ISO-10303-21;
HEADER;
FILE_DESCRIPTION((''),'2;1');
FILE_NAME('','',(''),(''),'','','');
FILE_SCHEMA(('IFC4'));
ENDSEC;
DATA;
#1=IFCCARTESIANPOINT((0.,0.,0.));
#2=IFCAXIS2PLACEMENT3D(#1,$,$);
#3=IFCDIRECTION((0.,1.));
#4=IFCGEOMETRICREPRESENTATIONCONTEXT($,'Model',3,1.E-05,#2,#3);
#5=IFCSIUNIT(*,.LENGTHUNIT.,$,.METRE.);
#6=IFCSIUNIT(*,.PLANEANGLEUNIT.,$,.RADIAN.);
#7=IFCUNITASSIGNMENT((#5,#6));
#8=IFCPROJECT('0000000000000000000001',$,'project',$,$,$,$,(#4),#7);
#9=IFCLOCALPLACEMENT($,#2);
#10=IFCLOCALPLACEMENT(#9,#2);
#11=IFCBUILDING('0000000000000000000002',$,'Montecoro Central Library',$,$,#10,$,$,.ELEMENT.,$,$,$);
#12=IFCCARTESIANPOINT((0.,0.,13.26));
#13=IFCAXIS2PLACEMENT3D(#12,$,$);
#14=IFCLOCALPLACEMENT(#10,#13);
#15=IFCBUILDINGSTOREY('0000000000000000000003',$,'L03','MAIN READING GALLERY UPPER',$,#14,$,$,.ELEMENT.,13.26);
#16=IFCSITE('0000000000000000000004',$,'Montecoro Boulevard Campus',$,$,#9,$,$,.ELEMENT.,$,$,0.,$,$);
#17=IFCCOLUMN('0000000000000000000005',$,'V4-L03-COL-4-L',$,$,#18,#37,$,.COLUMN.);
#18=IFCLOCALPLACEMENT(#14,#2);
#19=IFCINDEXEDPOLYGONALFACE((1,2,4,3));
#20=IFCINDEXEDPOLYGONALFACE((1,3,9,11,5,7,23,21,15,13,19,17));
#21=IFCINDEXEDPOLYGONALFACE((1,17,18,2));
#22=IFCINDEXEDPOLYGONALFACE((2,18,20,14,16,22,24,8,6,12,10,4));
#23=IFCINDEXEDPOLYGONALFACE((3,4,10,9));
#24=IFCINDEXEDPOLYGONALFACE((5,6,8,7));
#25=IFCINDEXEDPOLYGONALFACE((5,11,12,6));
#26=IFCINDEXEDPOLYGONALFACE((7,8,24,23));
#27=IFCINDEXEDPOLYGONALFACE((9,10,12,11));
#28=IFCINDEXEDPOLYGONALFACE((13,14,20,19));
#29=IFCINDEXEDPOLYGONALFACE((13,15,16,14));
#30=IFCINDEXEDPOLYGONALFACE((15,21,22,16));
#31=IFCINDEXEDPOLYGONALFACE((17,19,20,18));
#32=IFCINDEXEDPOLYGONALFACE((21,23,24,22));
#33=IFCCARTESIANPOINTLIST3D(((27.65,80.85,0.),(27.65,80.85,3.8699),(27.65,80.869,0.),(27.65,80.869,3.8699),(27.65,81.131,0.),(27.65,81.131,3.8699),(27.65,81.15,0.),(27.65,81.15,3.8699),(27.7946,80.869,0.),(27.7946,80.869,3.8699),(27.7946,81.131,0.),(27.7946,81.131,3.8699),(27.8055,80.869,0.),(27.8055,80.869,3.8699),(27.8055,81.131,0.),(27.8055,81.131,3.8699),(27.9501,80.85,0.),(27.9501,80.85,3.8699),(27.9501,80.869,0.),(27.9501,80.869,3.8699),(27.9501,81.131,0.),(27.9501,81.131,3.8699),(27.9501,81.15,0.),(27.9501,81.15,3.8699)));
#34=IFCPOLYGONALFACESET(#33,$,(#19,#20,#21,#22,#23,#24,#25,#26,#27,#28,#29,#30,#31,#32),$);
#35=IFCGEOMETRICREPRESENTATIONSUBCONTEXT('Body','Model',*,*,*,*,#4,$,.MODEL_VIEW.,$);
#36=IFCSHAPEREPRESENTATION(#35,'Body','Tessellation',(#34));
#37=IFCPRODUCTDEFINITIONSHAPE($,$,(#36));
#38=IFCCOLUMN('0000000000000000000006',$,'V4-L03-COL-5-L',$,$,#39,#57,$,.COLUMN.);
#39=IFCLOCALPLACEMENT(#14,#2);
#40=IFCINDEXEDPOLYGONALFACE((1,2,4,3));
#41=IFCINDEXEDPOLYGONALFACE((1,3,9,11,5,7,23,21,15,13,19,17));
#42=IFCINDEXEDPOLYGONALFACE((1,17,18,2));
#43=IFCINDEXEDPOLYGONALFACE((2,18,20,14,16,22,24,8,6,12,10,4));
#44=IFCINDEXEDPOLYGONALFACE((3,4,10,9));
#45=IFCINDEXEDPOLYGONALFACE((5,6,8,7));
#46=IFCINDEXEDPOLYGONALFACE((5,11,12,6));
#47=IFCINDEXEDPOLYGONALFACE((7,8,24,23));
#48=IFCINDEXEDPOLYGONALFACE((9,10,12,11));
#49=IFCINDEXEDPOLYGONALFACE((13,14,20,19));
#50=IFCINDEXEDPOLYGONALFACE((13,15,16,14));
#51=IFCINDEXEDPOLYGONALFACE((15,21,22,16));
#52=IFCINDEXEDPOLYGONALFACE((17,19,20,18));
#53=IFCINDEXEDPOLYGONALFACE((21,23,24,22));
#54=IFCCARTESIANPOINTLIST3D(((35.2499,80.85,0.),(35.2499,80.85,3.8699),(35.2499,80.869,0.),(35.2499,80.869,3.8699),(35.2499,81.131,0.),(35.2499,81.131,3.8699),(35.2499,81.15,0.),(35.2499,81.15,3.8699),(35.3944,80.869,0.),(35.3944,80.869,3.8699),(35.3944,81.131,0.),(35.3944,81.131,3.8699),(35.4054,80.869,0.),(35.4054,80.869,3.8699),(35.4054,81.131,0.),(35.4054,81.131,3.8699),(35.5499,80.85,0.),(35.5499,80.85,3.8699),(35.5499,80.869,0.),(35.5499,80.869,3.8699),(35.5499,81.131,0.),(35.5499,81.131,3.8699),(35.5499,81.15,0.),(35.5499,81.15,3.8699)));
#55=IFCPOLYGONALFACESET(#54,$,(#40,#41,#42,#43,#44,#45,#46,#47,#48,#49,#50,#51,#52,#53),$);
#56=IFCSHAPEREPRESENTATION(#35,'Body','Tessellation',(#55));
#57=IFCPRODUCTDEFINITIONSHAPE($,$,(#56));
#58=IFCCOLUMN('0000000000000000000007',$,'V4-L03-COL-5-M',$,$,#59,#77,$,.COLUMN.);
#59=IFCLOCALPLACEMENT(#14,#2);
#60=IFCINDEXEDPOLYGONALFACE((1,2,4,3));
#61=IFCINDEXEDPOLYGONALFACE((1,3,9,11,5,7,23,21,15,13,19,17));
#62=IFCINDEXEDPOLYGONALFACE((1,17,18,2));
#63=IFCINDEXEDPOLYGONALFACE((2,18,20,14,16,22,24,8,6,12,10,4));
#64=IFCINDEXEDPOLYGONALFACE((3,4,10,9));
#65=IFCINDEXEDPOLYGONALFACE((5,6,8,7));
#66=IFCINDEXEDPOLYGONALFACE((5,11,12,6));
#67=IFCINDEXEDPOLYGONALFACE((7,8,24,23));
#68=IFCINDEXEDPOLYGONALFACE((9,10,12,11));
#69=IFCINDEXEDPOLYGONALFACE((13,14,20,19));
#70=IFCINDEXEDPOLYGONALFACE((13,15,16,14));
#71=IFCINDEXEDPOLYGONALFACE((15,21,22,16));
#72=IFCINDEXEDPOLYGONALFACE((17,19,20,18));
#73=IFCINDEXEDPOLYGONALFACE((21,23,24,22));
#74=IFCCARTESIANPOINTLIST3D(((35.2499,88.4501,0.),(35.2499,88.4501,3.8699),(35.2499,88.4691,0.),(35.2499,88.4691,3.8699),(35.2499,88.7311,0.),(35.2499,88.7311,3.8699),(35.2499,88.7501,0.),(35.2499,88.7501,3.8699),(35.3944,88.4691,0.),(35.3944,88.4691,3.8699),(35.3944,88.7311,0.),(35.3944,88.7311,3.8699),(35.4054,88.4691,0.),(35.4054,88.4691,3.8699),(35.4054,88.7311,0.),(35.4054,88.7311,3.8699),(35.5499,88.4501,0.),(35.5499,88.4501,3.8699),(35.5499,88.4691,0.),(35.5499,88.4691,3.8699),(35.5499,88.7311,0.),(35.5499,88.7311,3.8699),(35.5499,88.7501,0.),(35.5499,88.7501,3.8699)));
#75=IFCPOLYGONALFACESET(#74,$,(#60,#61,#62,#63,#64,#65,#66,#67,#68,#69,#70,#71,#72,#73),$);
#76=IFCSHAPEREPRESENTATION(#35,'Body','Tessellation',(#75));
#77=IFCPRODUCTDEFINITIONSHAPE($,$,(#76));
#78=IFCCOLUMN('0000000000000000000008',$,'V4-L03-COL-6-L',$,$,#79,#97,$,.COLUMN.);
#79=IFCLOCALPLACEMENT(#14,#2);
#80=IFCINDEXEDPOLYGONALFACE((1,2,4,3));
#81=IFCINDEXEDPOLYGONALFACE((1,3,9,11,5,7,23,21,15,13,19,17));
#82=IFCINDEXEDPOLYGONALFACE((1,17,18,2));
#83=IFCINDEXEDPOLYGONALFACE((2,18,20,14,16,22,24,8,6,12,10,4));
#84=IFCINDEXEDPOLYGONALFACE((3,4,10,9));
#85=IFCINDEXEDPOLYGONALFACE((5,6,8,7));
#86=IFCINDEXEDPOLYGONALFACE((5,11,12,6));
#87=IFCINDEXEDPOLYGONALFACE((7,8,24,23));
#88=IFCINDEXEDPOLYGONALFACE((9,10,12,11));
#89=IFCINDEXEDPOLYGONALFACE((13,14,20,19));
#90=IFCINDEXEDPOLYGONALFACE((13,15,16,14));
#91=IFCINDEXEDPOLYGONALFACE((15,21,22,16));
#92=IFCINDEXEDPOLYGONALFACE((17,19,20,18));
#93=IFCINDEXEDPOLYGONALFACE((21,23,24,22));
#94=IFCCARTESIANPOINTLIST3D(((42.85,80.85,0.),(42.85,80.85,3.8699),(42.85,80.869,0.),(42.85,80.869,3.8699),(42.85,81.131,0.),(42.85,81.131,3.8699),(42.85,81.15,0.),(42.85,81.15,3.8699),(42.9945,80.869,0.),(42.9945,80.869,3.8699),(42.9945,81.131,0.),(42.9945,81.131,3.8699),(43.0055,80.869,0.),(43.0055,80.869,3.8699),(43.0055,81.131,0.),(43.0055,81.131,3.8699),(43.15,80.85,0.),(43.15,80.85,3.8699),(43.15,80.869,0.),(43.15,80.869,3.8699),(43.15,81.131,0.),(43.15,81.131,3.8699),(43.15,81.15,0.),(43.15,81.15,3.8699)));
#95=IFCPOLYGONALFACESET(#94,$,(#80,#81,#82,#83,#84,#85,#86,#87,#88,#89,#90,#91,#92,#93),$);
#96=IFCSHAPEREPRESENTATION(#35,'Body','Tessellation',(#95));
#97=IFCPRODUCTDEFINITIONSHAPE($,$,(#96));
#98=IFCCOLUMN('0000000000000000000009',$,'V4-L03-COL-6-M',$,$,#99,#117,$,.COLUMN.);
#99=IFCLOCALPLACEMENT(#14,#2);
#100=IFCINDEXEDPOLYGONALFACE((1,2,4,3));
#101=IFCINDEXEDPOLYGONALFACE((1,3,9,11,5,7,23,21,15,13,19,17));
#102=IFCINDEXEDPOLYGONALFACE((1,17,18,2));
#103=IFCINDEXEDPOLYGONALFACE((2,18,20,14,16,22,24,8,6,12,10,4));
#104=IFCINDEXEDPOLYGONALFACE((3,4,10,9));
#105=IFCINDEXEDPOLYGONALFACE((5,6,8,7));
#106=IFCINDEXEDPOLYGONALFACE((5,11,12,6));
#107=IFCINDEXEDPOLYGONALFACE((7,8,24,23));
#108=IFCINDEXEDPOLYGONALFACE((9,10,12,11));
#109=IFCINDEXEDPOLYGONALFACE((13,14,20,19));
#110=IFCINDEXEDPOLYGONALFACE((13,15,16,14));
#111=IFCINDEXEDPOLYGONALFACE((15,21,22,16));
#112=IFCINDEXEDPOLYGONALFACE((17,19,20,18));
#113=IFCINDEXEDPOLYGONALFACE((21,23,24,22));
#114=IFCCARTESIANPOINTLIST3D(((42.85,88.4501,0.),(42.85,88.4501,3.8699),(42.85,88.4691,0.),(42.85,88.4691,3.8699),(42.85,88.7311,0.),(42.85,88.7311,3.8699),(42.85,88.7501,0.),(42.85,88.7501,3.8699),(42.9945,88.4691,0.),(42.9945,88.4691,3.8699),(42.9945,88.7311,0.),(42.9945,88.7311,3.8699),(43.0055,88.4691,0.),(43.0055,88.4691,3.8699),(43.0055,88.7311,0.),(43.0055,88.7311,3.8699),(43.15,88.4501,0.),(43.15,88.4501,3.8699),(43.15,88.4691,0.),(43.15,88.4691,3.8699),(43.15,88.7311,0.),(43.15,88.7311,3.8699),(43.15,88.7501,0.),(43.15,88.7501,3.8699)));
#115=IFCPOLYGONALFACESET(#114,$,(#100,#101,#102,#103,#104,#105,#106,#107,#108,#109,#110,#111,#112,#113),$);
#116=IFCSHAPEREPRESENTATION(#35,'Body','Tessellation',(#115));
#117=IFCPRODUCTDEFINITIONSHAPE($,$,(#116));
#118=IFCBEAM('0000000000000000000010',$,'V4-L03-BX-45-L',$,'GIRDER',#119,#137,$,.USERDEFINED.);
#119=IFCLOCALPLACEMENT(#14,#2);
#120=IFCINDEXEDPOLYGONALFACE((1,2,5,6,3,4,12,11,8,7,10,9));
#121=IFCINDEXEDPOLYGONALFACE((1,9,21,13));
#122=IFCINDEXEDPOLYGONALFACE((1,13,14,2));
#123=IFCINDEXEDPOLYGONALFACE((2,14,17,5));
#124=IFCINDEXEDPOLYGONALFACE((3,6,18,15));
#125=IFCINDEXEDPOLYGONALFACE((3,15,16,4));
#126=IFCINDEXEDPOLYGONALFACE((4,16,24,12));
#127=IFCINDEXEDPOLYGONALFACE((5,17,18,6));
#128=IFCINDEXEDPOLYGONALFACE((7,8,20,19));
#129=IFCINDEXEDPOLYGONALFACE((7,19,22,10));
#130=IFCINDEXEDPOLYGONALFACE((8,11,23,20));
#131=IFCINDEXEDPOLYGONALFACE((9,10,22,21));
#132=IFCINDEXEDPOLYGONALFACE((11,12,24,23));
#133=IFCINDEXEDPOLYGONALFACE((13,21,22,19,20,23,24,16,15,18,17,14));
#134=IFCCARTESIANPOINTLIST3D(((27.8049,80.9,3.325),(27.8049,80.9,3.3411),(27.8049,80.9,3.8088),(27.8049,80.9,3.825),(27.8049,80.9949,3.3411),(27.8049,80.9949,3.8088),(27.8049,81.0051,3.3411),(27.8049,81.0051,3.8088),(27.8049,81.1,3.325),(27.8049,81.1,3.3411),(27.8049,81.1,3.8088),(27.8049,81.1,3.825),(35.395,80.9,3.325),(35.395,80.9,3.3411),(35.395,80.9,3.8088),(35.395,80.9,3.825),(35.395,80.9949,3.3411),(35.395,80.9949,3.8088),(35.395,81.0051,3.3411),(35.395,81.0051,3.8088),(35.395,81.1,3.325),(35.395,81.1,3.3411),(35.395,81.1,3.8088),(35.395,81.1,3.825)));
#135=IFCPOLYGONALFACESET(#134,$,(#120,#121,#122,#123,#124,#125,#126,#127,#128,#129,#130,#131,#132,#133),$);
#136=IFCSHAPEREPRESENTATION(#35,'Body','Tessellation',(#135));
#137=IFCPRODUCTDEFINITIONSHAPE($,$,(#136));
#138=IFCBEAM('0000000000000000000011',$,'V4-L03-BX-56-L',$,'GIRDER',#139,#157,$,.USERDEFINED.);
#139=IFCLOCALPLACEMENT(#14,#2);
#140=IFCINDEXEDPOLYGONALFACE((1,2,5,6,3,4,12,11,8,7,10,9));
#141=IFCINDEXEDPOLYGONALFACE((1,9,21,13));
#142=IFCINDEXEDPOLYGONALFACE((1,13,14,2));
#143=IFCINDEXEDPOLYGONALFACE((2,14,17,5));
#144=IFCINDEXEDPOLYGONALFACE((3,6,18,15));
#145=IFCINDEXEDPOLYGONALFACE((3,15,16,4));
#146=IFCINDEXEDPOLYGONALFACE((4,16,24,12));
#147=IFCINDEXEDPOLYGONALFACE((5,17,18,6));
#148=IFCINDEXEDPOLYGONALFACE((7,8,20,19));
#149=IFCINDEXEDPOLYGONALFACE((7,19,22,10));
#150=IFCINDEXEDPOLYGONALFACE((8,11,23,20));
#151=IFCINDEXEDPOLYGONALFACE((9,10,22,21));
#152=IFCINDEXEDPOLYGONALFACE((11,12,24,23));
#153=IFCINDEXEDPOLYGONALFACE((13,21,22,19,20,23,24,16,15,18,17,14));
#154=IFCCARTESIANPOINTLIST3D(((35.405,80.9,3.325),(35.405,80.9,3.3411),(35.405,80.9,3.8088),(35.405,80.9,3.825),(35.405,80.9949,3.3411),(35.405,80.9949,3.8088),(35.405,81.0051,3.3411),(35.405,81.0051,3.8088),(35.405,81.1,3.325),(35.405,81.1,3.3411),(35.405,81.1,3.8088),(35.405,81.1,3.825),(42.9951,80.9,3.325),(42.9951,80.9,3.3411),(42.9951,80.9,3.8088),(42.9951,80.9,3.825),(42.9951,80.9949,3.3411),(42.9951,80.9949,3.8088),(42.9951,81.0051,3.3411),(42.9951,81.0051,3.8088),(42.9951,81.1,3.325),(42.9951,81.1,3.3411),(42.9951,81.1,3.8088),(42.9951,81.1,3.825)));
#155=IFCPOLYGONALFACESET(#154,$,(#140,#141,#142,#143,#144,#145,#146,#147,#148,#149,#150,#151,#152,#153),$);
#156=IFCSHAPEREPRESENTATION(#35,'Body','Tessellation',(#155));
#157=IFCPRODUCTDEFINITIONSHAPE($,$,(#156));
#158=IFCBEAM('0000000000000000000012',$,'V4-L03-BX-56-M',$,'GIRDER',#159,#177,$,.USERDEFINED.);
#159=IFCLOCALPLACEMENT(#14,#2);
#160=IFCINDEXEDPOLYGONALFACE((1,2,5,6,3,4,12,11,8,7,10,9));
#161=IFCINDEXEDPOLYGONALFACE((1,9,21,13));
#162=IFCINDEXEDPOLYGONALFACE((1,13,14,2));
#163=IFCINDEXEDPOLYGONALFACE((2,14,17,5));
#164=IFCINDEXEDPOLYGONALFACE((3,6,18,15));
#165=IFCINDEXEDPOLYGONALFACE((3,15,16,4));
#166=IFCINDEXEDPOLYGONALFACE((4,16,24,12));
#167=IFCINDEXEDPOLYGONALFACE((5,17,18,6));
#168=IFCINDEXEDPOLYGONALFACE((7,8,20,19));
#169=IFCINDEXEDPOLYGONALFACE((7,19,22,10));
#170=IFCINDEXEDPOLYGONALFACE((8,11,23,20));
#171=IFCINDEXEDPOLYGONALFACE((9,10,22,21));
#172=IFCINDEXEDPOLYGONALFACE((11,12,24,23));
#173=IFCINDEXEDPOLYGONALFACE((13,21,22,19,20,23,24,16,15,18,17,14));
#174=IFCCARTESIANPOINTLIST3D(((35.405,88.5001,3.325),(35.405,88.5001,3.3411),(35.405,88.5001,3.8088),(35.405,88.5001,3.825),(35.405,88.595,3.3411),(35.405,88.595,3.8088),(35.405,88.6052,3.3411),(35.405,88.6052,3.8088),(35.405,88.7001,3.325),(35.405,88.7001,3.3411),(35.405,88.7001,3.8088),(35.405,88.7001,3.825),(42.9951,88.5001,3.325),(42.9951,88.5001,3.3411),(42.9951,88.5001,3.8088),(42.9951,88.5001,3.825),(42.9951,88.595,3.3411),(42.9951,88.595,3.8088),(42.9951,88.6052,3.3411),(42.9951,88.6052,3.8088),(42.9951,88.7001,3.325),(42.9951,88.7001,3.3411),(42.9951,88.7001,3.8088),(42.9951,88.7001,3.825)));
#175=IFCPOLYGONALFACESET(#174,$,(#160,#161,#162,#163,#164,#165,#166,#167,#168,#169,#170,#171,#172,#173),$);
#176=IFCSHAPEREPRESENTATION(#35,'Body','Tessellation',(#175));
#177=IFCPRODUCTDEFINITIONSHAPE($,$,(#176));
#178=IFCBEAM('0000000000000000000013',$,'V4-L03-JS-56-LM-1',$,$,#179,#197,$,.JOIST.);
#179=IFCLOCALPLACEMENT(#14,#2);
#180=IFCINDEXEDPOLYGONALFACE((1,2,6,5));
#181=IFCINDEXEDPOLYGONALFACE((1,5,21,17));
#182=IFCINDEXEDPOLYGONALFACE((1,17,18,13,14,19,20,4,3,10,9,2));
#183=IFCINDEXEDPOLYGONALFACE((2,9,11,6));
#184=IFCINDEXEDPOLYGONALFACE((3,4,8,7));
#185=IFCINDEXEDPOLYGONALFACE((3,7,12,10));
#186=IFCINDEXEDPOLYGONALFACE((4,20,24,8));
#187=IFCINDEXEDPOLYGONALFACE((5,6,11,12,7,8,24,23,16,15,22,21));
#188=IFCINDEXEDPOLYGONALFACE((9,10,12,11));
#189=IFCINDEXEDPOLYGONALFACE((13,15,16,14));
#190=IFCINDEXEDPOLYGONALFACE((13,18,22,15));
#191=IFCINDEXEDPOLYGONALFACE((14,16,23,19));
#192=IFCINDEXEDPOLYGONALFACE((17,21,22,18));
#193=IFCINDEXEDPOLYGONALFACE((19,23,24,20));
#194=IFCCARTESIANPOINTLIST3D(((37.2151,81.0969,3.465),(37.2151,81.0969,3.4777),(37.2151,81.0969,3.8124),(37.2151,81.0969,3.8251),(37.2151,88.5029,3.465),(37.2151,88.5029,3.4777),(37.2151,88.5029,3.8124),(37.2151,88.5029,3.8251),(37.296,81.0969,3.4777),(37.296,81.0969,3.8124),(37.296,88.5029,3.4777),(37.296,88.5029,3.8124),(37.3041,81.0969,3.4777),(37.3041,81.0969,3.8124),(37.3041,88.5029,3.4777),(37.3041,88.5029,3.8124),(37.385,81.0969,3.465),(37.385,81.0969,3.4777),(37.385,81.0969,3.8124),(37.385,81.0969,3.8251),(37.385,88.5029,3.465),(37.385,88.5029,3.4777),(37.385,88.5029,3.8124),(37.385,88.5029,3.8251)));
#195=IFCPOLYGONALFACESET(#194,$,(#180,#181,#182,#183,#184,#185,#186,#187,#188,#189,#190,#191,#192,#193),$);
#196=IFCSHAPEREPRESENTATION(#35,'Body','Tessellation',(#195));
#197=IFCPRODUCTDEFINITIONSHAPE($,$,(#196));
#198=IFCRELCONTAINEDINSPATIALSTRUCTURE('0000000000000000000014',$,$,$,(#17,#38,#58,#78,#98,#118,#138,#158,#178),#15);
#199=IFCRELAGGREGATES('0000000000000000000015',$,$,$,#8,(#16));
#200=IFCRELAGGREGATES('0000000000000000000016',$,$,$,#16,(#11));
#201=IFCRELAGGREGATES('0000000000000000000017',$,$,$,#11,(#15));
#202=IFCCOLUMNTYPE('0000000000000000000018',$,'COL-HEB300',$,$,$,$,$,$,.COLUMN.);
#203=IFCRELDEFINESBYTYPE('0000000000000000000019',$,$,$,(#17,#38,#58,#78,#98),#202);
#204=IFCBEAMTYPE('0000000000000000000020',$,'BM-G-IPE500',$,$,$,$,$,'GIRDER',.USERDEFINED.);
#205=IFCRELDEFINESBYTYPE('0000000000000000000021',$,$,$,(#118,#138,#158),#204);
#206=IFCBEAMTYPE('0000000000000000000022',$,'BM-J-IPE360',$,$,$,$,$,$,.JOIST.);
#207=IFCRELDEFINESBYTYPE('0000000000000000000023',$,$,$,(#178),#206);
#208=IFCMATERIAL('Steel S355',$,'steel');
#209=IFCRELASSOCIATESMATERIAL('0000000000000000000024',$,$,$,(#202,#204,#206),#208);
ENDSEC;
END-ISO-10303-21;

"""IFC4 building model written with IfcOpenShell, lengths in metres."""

from ifc_helpers import new_model, si_unit, direction, frame, origin, origin_2d, place, context, subcontext, project, spatial, i_section, extrude, material, material_profile, profile_set, type_object, element, save


model = new_model("IFC4")

# Units and contexts
model_context = context("Model", 3, precision=1e-05, world=origin(), true_north=direction((0.0, 1.0)))
body_context = subcontext(model_context, "Body", "Model", "MODEL_VIEW")
ifc_project = project(units=[si_unit("LENGTHUNIT", "METRE"), si_unit("PLANEANGLEUNIT", "RADIAN")], contexts=[model_context])

# Site, building, storey
site_placement = place(None, origin())
site = spatial("IfcSite", under=ifc_project, at=site_placement, Name="Montecoro Boulevard Campus", CompositionType="ELEMENT", RefElevation=0.0)
building_placement = place(site_placement, origin())
building = spatial("IfcBuilding", under=site, at=building_placement, Name="Montecoro Central Library", CompositionType="ELEMENT")
storey_placement = place(building_placement, frame((0.0, 0.0, 13.26)))
storey = spatial("IfcBuildingStorey", under=building, at=storey_placement, Name="L03", Description="MAIN READING GALLERY UPPER", CompositionType="ELEMENT", Elevation=13.26)

# Columns
ifc_material_1 = material(Name="Steel S355", Category="steel")
ifc_material_profile_1 = material_profile(ifc_material_1, i_section(OverallWidth=0.3, OverallDepth=0.3, WebThickness=0.011, FlangeThickness=0.019, at=origin_2d()), Name="HEB 300")
ifc_profile_set_1 = profile_set([ifc_material_profile_1], Name="Steel S355")
column_type = type_object("IfcColumnType", Name="COL-HEB300", PredefinedType="COLUMN", material=ifc_profile_set_1)
for number, where, z_axis, x_axis, name in (
    (1, (27.8, 81.0, 0.0), (0.0, 0.0, 1.0), (1.0, 0.0, 0.0), "V4-L03-COL-4-L"),
    (2, (35.3999, 81.0, 0.0), (0.0, 0.0, 1.0), (1.0, 0.0, 0.0), "V4-L03-COL-5-L"),
    (3, (35.3999, 88.6001, 0.0), (0.0, 0.0, 1.0), (1.0, 0.0, 0.0), "V4-L03-COL-5-M"),
    (4, (43.0, 81.0, 0.0), (0.0, 0.0, 1.0), (1.0, 0.0, 0.0), "V4-L03-COL-6-L"),
    (5, (43.0, 88.6001, 0.0), (0.0, 0.0, 1.0), (1.0, 0.0, 0.0), "V4-L03-COL-6-M"),
):
    element("IfcColumn", number, at=place(storey_placement, frame(where, z_axis=z_axis, x_axis=x_axis)), inside=storey, type_object=column_type, Name=name, PredefinedType="COLUMN", context=body_context, shape_type="SweptSolid", body=[
        extrude(i_section(OverallWidth=0.3, OverallDepth=0.3, WebThickness=0.011, FlangeThickness=0.019, at=origin_2d()), origin(), (0.0, 0.0, 1.0), 3.8699),
    ])

# Beams
ifc_material_profile_2 = material_profile(ifc_material_1, i_section(OverallWidth=0.2, OverallDepth=0.5, WebThickness=0.0103, FlangeThickness=0.0161, at=origin_2d()), Name="IPE 500")
ifc_profile_set_2 = profile_set([ifc_material_profile_2], Name="Steel S355")
beam_type_1 = type_object("IfcBeamType", Name="BM-G-IPE500", ElementType="GIRDER", PredefinedType="USERDEFINED", material=ifc_profile_set_2)
for number, where, z_axis, x_axis, name in (
    (6, (27.8049, 81.0, 3.575), (1.0, 0.0, 0.0), (0.0, 1.0, 0.0), "V4-L03-BX-45-L"),
    (7, (35.405, 81.0, 3.575), (1.0, 0.0, 0.0), (0.0, 1.0, 0.0), "V4-L03-BX-56-L"),
    (8, (35.405, 88.6001, 3.575), (1.0, 0.0, 0.0), (0.0, 1.0, 0.0), "V4-L03-BX-56-M"),
):
    element("IfcBeam", number, at=place(storey_placement, frame(where, z_axis=z_axis, x_axis=x_axis)), inside=storey, type_object=beam_type_1, Name=name, ObjectType="GIRDER", PredefinedType="USERDEFINED", context=body_context, shape_type="SweptSolid", body=[
        extrude(i_section(OverallWidth=0.2, OverallDepth=0.5, WebThickness=0.0103, FlangeThickness=0.0161, at=origin_2d()), origin(), (0.0, 0.0, 1.0), 7.5901),
    ])
ifc_material_profile_3 = material_profile(ifc_material_1, i_section(OverallWidth=0.1699, OverallDepth=0.3601, WebThickness=0.0081, FlangeThickness=0.0127, at=origin_2d()), Name="IPE 360")
ifc_profile_set_3 = profile_set([ifc_material_profile_3], Name="Steel S355")
beam_type_2 = type_object("IfcBeamType", Name="BM-J-IPE360", PredefinedType="JOIST", material=ifc_profile_set_3)
for number, where, z_axis, x_axis, name in (
    (9, (37.3, 81.0969, 3.645), (0.0, 1.0, 0.0), (-1.0, 0.0, 0.0), "V4-L03-JS-56-LM-1"),
):
    element("IfcBeam", number, at=place(storey_placement, frame(where, z_axis=z_axis, x_axis=x_axis)), inside=storey, type_object=beam_type_2, Name=name, PredefinedType="JOIST", context=body_context, shape_type="SweptSolid", body=[
        extrude(i_section(OverallWidth=0.1699, OverallDepth=0.3601, WebThickness=0.0081, FlangeThickness=0.0127, at=origin_2d()), origin(), (0.0, 0.0, 1.0), 7.406),
    ])

save(model, "model.ifc")
